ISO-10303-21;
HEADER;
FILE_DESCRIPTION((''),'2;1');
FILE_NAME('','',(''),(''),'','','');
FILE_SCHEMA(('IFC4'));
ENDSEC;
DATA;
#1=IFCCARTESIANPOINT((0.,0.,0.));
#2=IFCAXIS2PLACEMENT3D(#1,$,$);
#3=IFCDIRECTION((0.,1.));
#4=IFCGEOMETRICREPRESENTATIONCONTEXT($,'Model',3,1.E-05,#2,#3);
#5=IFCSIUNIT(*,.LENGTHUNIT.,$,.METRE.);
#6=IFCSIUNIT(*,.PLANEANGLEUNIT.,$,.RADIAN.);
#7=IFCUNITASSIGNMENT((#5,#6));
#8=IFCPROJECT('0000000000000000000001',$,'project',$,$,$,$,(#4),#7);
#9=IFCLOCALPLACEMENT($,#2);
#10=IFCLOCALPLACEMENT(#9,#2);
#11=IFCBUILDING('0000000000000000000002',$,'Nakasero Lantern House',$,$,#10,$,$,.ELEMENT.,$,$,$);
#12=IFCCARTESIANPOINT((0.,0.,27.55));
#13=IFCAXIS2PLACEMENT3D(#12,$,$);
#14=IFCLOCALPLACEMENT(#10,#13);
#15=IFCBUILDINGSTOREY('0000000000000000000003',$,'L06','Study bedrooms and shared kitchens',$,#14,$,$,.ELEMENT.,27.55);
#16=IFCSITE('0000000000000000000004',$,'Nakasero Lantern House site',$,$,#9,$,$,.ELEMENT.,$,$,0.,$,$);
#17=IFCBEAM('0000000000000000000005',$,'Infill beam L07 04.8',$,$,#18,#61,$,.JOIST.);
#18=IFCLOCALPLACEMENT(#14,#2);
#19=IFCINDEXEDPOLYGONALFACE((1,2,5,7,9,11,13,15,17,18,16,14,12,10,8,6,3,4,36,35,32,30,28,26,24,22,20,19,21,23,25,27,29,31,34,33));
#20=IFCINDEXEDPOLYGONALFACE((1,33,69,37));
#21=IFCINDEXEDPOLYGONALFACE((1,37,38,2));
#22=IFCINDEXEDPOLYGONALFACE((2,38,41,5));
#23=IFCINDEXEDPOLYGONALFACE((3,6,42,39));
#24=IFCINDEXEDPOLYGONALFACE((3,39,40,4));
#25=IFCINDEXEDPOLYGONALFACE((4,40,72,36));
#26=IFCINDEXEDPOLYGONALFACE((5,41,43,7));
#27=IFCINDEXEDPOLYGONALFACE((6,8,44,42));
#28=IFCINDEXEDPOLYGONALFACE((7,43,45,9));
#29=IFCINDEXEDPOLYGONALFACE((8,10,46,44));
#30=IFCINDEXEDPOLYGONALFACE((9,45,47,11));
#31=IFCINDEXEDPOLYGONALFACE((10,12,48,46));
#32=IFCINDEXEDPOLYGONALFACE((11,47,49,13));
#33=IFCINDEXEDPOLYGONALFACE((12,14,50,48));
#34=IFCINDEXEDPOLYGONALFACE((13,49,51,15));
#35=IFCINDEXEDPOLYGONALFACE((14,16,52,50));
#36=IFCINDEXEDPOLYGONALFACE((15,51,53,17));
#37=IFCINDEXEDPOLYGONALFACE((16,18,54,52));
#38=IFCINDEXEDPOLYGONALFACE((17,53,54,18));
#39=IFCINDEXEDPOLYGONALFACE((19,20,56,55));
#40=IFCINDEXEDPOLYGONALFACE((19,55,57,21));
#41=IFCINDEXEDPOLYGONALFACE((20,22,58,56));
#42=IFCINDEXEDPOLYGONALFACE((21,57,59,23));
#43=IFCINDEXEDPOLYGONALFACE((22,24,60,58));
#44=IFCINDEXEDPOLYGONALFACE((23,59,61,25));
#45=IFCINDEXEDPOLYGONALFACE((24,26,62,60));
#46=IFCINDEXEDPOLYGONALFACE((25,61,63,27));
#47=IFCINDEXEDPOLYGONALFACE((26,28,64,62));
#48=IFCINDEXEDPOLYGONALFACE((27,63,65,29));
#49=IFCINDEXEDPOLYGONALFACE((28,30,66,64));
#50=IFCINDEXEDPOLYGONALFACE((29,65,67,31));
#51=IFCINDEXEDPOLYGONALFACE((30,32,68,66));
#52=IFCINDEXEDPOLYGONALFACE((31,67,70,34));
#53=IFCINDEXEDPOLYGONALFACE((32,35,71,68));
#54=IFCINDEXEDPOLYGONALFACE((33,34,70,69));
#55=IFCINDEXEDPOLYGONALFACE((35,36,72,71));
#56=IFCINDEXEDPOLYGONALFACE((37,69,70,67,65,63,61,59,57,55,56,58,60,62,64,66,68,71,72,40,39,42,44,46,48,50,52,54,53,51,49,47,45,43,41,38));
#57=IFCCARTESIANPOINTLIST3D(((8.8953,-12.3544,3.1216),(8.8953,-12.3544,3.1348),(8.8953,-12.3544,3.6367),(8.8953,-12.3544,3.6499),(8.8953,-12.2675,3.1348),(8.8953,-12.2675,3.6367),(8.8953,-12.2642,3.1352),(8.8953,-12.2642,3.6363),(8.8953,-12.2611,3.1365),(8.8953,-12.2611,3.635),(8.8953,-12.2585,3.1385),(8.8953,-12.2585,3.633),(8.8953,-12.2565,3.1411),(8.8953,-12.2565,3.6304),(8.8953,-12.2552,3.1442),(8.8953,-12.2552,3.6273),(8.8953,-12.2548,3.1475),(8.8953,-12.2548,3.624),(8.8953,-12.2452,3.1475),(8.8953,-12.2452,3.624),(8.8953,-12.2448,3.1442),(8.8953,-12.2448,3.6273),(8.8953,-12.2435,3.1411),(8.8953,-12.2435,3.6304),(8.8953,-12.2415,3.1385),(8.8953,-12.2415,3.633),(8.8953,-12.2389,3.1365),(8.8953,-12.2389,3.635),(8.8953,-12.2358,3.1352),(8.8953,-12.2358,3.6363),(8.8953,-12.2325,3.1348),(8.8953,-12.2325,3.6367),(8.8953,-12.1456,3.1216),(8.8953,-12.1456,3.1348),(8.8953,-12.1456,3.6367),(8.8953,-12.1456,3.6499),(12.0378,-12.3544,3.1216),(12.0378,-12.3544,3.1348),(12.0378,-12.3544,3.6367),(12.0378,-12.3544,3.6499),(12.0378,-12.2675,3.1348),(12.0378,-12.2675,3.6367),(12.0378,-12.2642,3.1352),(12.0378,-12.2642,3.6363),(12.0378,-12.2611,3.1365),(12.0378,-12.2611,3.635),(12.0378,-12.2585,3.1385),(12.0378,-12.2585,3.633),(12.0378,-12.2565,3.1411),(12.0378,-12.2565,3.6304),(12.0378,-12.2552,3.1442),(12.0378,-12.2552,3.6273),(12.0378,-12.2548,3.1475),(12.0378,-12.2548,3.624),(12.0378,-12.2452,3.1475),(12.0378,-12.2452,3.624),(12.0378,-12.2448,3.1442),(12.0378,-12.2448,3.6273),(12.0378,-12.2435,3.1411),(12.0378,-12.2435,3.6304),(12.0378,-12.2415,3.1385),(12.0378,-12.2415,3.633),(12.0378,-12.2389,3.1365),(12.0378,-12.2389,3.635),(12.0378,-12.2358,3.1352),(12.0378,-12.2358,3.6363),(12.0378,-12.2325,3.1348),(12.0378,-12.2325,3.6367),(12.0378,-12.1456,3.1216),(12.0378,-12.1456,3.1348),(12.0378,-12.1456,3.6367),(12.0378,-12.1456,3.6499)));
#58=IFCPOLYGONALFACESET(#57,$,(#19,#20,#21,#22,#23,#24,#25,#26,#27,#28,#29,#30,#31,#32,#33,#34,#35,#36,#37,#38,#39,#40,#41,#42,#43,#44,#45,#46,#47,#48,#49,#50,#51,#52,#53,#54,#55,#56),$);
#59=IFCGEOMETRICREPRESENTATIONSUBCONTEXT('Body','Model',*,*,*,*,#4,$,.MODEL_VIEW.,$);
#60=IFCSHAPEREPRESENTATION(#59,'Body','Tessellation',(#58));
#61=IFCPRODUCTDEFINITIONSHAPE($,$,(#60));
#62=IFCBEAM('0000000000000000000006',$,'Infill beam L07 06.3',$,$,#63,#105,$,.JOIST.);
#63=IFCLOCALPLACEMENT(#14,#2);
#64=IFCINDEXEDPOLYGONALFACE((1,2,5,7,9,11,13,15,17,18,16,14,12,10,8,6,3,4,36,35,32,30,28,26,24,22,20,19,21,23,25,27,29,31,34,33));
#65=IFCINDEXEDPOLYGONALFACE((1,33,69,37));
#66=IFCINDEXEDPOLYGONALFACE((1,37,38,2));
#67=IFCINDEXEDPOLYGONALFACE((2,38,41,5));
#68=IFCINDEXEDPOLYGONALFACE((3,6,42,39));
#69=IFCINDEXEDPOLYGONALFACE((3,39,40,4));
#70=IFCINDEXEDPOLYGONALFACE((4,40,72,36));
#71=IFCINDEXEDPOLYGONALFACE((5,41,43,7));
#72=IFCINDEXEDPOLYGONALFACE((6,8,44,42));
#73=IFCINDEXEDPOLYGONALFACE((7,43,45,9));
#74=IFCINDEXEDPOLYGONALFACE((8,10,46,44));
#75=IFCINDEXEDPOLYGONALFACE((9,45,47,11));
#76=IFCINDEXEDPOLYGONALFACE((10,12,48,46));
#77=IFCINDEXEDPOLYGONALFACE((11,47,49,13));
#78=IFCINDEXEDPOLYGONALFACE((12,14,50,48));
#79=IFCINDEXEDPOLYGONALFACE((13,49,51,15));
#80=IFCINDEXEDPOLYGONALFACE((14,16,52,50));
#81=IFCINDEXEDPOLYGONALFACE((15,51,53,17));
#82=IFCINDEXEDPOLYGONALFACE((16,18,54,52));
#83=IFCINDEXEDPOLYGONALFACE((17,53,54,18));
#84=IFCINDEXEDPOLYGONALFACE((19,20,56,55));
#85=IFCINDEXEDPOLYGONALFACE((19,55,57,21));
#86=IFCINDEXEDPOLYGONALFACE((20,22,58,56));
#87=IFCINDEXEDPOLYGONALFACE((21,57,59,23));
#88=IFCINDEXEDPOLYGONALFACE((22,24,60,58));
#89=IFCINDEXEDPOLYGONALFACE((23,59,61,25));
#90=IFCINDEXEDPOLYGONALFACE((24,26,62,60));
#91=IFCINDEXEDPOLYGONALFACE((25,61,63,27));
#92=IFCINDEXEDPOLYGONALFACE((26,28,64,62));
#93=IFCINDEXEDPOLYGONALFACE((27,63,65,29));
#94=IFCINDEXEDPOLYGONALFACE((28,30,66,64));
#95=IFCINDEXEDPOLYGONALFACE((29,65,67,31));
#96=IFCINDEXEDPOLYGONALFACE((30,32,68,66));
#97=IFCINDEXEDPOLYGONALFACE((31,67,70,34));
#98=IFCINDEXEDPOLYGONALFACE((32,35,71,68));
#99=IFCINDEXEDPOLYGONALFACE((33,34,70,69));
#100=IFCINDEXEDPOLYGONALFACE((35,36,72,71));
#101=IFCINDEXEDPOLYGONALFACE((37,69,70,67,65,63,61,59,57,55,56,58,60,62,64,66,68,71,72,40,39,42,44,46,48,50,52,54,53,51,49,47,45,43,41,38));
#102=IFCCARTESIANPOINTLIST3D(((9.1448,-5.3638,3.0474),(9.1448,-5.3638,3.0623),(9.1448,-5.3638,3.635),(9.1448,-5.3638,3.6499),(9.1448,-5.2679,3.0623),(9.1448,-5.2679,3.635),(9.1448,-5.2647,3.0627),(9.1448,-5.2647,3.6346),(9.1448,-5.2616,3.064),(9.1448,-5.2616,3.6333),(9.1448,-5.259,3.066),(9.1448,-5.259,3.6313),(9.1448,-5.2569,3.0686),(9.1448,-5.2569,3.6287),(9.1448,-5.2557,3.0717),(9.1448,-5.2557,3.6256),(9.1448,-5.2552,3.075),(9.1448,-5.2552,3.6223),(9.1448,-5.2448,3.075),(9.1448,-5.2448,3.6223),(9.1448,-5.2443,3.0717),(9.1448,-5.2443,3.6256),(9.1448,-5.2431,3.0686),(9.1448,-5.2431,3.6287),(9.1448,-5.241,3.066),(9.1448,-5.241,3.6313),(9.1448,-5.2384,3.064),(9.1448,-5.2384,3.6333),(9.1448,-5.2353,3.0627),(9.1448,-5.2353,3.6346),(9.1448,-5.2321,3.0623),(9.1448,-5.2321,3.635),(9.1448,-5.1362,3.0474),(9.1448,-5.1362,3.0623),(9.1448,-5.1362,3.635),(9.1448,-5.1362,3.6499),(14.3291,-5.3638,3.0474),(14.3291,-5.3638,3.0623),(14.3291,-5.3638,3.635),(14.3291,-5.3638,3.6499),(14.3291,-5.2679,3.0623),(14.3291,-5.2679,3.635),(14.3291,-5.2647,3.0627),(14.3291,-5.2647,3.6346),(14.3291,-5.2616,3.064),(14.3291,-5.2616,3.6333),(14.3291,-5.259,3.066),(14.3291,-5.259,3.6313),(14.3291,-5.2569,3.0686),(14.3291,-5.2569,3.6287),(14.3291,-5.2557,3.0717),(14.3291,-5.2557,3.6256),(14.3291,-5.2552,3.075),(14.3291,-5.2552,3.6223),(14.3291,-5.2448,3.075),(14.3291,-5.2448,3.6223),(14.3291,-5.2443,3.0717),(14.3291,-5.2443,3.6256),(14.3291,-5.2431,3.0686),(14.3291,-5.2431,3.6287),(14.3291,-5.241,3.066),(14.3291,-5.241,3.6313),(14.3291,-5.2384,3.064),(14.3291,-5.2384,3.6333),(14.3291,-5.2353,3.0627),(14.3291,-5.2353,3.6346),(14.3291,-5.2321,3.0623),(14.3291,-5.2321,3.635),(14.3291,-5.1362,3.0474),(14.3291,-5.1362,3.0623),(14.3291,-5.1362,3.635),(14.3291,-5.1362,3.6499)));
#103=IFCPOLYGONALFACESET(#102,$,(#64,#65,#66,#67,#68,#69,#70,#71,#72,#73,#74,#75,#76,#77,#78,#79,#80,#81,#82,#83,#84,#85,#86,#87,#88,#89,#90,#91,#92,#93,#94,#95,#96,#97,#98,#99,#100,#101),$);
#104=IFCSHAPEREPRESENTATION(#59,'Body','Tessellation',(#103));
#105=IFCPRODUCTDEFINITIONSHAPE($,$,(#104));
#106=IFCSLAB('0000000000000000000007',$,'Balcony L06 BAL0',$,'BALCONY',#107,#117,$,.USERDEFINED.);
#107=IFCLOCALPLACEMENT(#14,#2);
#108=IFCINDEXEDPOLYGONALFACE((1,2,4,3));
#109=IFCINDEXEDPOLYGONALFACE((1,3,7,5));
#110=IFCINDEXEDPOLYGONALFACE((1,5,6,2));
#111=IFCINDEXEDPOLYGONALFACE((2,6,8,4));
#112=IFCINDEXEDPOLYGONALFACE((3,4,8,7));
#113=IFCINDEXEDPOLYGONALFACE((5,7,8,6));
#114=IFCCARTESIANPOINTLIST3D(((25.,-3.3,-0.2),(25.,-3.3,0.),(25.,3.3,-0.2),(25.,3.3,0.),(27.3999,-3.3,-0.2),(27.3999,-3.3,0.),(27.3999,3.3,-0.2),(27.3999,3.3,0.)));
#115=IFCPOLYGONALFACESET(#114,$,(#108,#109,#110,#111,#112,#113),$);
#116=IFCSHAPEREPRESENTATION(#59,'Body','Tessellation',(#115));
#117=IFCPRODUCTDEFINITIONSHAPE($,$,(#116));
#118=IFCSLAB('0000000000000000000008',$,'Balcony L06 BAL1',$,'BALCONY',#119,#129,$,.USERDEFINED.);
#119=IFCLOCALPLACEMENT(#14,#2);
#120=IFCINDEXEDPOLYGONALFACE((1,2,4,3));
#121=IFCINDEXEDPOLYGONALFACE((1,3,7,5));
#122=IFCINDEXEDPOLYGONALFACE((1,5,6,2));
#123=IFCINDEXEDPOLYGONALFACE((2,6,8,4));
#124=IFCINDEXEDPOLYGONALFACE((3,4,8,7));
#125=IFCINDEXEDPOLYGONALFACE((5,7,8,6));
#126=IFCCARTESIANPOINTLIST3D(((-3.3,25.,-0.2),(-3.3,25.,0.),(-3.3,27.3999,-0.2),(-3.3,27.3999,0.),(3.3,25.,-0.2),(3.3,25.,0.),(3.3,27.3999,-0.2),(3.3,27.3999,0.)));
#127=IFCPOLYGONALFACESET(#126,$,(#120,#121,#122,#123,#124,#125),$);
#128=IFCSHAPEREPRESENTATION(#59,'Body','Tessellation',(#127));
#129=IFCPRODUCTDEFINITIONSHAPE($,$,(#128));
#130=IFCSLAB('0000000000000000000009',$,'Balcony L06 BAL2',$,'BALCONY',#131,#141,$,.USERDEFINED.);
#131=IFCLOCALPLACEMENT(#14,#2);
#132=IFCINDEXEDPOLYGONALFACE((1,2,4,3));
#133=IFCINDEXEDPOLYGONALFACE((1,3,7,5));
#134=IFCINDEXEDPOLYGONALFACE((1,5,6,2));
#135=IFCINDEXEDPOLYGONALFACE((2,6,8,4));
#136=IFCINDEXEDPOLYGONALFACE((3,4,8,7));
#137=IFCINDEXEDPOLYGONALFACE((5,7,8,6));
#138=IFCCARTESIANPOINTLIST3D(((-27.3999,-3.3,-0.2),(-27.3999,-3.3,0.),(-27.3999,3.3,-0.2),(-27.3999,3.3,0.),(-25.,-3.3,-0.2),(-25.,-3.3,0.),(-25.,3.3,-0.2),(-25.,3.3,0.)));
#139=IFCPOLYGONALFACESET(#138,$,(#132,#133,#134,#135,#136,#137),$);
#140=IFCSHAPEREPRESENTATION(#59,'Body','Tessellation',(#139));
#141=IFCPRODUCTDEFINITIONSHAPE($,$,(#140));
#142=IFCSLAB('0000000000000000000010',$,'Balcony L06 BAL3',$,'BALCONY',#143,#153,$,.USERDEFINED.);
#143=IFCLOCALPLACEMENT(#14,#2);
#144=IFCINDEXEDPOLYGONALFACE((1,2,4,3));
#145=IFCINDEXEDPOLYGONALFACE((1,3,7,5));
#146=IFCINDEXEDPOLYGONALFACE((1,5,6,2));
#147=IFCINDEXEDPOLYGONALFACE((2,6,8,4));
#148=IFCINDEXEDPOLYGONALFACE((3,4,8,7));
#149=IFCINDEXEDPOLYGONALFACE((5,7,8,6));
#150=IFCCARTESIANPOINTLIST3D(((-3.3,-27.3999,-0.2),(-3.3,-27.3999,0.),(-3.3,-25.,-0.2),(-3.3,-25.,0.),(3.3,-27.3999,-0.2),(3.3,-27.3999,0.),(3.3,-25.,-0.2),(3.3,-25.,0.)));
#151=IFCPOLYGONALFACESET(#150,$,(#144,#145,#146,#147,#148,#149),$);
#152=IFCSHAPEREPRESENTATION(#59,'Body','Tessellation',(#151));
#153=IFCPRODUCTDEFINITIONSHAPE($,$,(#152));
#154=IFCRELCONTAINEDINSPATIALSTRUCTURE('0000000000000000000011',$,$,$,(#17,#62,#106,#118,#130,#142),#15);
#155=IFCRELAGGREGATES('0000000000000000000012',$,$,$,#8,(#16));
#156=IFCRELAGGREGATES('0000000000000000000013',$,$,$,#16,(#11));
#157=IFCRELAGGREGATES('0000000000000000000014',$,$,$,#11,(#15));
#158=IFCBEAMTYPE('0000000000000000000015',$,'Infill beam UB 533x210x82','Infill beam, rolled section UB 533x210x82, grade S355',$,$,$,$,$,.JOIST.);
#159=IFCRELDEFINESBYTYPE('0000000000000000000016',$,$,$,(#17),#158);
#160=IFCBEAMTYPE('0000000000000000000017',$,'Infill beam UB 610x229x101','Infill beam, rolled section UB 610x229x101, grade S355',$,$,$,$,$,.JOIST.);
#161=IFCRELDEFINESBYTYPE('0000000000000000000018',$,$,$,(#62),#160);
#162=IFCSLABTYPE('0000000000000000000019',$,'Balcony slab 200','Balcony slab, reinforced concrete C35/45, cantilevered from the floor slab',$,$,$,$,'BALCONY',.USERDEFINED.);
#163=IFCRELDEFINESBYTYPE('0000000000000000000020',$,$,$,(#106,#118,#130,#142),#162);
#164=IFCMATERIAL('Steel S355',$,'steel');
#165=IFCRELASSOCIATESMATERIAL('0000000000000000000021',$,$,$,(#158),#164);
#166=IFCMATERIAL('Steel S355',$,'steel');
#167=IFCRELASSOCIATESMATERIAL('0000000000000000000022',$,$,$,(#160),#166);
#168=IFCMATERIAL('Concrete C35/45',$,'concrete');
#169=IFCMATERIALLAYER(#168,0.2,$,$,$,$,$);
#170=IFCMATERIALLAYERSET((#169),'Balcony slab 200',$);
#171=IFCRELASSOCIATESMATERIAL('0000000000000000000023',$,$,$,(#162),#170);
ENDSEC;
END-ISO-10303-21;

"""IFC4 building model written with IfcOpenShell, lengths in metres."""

from ifc_helpers import new_model, si_unit, direction, frame, origin, origin_2d, place, context, subcontext, project, spatial, polyline, i_section, outline, extrude, material, layer, layer_set, material_profile, profile_set, type_object, element, save


model = new_model("IFC4")

# Units and contexts
model_context = context("Model", 3, precision=1e-05, world=origin(), true_north=direction((0.0, 1.0)))
body_context = subcontext(model_context, "Body", "Model", "MODEL_VIEW")
ifc_project = project(units=[si_unit("LENGTHUNIT", "METRE"), si_unit("PLANEANGLEUNIT", "RADIAN")], contexts=[model_context])

# Site, building, storey
site_placement = place(None, origin())
site = spatial("IfcSite", under=ifc_project, at=site_placement, Name="Nakasero Lantern House site", CompositionType="ELEMENT", RefElevation=0.0)
building_placement = place(site_placement, origin())
building = spatial("IfcBuilding", under=site, at=building_placement, Name="Nakasero Lantern House", CompositionType="ELEMENT")
storey_placement = place(building_placement, frame((0.0, 0.0, 27.55)))
storey = spatial("IfcBuildingStorey", under=building, at=storey_placement, Name="L06", Description="Study bedrooms and shared kitchens", CompositionType="ELEMENT", Elevation=27.55)

# Beams
ifc_material_1 = material(Name="Steel S355", Category="steel")
ifc_material_profile_1 = material_profile(ifc_material_1, i_section(OverallWidth=0.2087, OverallDepth=0.5283, WebThickness=0.0095, FlangeThickness=0.0132, FilletRadius=0.0127, at=origin_2d()), Name="UB 533x210x82")
ifc_profile_set_1 = profile_set([ifc_material_profile_1], Name="Steel S355")
beam_type_1 = type_object("IfcBeamType", Name="Infill beam UB 533x210x82", Description="Infill beam, rolled section UB 533x210x82, grade S355", PredefinedType="JOIST", material=ifc_profile_set_1)
beam_1_placement = place(storey_placement, frame((8.8953, -12.25, 3.3857), z_axis=(1.0, 0.0, 0.0), x_axis=(0.0, 1.0, 0.0)))
element("IfcBeam", 1, at=beam_1_placement, inside=storey, type_object=beam_type_1, Name="Infill beam L07 04.8", PredefinedType="JOIST", context=body_context, shape_type="SweptSolid", body=[
    extrude(i_section(OverallWidth=0.2087, OverallDepth=0.5283, WebThickness=0.0095, FlangeThickness=0.0132, FilletRadius=0.0127, at=origin_2d()), origin(), (0.0, 0.0, 1.0), 3.1426),
])
ifc_material_2 = material(Name="Steel S355", Category="steel")
ifc_material_profile_2 = material_profile(ifc_material_2, i_section(OverallWidth=0.2275, OverallDepth=0.6025, WebThickness=0.0105, FlangeThickness=0.0149, FilletRadius=0.0127, at=origin_2d()), Name="UB 610x229x101")
ifc_profile_set_2 = profile_set([ifc_material_profile_2], Name="Steel S355")
beam_type_2 = type_object("IfcBeamType", Name="Infill beam UB 610x229x101", Description="Infill beam, rolled section UB 610x229x101, grade S355", PredefinedType="JOIST", material=ifc_profile_set_2)
beam_2_placement = place(storey_placement, frame((9.1448, -5.25, 3.3486), z_axis=(1.0, 0.0, 0.0), x_axis=(0.0, 1.0, 0.0)))
element("IfcBeam", 2, at=beam_2_placement, inside=storey, type_object=beam_type_2, Name="Infill beam L07 06.3", PredefinedType="JOIST", context=body_context, shape_type="SweptSolid", body=[
    extrude(i_section(OverallWidth=0.2275, OverallDepth=0.6025, WebThickness=0.0105, FlangeThickness=0.0149, FilletRadius=0.0127, at=origin_2d()), origin(), (0.0, 0.0, 1.0), 5.1843),
])

# Slabs
ifc_material_3 = material(Name="Concrete C35/45", Category="concrete")
ifc_layer_1 = layer(ifc_material_3, 0.2)
ifc_layer_set_1 = layer_set([ifc_layer_1], Name="Balcony slab 200")
slab_type_1 = type_object("IfcSlabType", Name="Balcony slab 200", Description="Balcony slab, reinforced concrete C35/45, cantilevered from the floor slab", ElementType="BALCONY", PredefinedType="USERDEFINED", material=ifc_layer_set_1)
slab_1_placement = place(storey_placement, frame((0.0, 0.0, -0.2)))
element("IfcSlab", 3, at=slab_1_placement, inside=storey, type_object=slab_type_1, Name="Balcony L06 BAL0", ObjectType="BALCONY", PredefinedType="USERDEFINED", context=body_context, shape_type="SweptSolid", body=[
    extrude(outline(polyline([(25.0, -3.3), (27.3999, -3.3), (27.3999, 3.3), (25.0, 3.3), (25.0, -3.3)])), origin(), (0.0, 0.0, 1.0), 0.2),
])
slab_2_placement = place(storey_placement, frame((0.0, 0.0, -0.2)))
element("IfcSlab", 4, at=slab_2_placement, inside=storey, type_object=slab_type_1, Name="Balcony L06 BAL1", ObjectType="BALCONY", PredefinedType="USERDEFINED", context=body_context, shape_type="SweptSolid", body=[
    extrude(outline(polyline([(3.3, 25.0), (3.3, 27.3999), (-3.3, 27.3999), (-3.3, 25.0), (3.3, 25.0)])), origin(), (0.0, 0.0, 1.0), 0.2),
])
slab_3_placement = place(storey_placement, frame((0.0, 0.0, -0.2)))
element("IfcSlab", 5, at=slab_3_placement, inside=storey, type_object=slab_type_1, Name="Balcony L06 BAL2", ObjectType="BALCONY", PredefinedType="USERDEFINED", context=body_context, shape_type="SweptSolid", body=[
    extrude(outline(polyline([(-25.0, 3.3), (-27.3999, 3.3), (-27.3999, -3.3), (-25.0, -3.3), (-25.0, 3.3)])), origin(), (0.0, 0.0, 1.0), 0.2),
])
slab_4_placement = place(storey_placement, frame((0.0, 0.0, -0.2)))
element("IfcSlab", 6, at=slab_4_placement, inside=storey, type_object=slab_type_1, Name="Balcony L06 BAL3", ObjectType="BALCONY", PredefinedType="USERDEFINED", context=body_context, shape_type="SweptSolid", body=[
    extrude(outline(polyline([(-3.3, -25.0), (-3.3, -27.3999), (3.3, -27.3999), (3.3, -25.0), (-3.3, -25.0)])), origin(), (0.0, 0.0, 1.0), 0.2),
])

save(model, "model.ifc")
